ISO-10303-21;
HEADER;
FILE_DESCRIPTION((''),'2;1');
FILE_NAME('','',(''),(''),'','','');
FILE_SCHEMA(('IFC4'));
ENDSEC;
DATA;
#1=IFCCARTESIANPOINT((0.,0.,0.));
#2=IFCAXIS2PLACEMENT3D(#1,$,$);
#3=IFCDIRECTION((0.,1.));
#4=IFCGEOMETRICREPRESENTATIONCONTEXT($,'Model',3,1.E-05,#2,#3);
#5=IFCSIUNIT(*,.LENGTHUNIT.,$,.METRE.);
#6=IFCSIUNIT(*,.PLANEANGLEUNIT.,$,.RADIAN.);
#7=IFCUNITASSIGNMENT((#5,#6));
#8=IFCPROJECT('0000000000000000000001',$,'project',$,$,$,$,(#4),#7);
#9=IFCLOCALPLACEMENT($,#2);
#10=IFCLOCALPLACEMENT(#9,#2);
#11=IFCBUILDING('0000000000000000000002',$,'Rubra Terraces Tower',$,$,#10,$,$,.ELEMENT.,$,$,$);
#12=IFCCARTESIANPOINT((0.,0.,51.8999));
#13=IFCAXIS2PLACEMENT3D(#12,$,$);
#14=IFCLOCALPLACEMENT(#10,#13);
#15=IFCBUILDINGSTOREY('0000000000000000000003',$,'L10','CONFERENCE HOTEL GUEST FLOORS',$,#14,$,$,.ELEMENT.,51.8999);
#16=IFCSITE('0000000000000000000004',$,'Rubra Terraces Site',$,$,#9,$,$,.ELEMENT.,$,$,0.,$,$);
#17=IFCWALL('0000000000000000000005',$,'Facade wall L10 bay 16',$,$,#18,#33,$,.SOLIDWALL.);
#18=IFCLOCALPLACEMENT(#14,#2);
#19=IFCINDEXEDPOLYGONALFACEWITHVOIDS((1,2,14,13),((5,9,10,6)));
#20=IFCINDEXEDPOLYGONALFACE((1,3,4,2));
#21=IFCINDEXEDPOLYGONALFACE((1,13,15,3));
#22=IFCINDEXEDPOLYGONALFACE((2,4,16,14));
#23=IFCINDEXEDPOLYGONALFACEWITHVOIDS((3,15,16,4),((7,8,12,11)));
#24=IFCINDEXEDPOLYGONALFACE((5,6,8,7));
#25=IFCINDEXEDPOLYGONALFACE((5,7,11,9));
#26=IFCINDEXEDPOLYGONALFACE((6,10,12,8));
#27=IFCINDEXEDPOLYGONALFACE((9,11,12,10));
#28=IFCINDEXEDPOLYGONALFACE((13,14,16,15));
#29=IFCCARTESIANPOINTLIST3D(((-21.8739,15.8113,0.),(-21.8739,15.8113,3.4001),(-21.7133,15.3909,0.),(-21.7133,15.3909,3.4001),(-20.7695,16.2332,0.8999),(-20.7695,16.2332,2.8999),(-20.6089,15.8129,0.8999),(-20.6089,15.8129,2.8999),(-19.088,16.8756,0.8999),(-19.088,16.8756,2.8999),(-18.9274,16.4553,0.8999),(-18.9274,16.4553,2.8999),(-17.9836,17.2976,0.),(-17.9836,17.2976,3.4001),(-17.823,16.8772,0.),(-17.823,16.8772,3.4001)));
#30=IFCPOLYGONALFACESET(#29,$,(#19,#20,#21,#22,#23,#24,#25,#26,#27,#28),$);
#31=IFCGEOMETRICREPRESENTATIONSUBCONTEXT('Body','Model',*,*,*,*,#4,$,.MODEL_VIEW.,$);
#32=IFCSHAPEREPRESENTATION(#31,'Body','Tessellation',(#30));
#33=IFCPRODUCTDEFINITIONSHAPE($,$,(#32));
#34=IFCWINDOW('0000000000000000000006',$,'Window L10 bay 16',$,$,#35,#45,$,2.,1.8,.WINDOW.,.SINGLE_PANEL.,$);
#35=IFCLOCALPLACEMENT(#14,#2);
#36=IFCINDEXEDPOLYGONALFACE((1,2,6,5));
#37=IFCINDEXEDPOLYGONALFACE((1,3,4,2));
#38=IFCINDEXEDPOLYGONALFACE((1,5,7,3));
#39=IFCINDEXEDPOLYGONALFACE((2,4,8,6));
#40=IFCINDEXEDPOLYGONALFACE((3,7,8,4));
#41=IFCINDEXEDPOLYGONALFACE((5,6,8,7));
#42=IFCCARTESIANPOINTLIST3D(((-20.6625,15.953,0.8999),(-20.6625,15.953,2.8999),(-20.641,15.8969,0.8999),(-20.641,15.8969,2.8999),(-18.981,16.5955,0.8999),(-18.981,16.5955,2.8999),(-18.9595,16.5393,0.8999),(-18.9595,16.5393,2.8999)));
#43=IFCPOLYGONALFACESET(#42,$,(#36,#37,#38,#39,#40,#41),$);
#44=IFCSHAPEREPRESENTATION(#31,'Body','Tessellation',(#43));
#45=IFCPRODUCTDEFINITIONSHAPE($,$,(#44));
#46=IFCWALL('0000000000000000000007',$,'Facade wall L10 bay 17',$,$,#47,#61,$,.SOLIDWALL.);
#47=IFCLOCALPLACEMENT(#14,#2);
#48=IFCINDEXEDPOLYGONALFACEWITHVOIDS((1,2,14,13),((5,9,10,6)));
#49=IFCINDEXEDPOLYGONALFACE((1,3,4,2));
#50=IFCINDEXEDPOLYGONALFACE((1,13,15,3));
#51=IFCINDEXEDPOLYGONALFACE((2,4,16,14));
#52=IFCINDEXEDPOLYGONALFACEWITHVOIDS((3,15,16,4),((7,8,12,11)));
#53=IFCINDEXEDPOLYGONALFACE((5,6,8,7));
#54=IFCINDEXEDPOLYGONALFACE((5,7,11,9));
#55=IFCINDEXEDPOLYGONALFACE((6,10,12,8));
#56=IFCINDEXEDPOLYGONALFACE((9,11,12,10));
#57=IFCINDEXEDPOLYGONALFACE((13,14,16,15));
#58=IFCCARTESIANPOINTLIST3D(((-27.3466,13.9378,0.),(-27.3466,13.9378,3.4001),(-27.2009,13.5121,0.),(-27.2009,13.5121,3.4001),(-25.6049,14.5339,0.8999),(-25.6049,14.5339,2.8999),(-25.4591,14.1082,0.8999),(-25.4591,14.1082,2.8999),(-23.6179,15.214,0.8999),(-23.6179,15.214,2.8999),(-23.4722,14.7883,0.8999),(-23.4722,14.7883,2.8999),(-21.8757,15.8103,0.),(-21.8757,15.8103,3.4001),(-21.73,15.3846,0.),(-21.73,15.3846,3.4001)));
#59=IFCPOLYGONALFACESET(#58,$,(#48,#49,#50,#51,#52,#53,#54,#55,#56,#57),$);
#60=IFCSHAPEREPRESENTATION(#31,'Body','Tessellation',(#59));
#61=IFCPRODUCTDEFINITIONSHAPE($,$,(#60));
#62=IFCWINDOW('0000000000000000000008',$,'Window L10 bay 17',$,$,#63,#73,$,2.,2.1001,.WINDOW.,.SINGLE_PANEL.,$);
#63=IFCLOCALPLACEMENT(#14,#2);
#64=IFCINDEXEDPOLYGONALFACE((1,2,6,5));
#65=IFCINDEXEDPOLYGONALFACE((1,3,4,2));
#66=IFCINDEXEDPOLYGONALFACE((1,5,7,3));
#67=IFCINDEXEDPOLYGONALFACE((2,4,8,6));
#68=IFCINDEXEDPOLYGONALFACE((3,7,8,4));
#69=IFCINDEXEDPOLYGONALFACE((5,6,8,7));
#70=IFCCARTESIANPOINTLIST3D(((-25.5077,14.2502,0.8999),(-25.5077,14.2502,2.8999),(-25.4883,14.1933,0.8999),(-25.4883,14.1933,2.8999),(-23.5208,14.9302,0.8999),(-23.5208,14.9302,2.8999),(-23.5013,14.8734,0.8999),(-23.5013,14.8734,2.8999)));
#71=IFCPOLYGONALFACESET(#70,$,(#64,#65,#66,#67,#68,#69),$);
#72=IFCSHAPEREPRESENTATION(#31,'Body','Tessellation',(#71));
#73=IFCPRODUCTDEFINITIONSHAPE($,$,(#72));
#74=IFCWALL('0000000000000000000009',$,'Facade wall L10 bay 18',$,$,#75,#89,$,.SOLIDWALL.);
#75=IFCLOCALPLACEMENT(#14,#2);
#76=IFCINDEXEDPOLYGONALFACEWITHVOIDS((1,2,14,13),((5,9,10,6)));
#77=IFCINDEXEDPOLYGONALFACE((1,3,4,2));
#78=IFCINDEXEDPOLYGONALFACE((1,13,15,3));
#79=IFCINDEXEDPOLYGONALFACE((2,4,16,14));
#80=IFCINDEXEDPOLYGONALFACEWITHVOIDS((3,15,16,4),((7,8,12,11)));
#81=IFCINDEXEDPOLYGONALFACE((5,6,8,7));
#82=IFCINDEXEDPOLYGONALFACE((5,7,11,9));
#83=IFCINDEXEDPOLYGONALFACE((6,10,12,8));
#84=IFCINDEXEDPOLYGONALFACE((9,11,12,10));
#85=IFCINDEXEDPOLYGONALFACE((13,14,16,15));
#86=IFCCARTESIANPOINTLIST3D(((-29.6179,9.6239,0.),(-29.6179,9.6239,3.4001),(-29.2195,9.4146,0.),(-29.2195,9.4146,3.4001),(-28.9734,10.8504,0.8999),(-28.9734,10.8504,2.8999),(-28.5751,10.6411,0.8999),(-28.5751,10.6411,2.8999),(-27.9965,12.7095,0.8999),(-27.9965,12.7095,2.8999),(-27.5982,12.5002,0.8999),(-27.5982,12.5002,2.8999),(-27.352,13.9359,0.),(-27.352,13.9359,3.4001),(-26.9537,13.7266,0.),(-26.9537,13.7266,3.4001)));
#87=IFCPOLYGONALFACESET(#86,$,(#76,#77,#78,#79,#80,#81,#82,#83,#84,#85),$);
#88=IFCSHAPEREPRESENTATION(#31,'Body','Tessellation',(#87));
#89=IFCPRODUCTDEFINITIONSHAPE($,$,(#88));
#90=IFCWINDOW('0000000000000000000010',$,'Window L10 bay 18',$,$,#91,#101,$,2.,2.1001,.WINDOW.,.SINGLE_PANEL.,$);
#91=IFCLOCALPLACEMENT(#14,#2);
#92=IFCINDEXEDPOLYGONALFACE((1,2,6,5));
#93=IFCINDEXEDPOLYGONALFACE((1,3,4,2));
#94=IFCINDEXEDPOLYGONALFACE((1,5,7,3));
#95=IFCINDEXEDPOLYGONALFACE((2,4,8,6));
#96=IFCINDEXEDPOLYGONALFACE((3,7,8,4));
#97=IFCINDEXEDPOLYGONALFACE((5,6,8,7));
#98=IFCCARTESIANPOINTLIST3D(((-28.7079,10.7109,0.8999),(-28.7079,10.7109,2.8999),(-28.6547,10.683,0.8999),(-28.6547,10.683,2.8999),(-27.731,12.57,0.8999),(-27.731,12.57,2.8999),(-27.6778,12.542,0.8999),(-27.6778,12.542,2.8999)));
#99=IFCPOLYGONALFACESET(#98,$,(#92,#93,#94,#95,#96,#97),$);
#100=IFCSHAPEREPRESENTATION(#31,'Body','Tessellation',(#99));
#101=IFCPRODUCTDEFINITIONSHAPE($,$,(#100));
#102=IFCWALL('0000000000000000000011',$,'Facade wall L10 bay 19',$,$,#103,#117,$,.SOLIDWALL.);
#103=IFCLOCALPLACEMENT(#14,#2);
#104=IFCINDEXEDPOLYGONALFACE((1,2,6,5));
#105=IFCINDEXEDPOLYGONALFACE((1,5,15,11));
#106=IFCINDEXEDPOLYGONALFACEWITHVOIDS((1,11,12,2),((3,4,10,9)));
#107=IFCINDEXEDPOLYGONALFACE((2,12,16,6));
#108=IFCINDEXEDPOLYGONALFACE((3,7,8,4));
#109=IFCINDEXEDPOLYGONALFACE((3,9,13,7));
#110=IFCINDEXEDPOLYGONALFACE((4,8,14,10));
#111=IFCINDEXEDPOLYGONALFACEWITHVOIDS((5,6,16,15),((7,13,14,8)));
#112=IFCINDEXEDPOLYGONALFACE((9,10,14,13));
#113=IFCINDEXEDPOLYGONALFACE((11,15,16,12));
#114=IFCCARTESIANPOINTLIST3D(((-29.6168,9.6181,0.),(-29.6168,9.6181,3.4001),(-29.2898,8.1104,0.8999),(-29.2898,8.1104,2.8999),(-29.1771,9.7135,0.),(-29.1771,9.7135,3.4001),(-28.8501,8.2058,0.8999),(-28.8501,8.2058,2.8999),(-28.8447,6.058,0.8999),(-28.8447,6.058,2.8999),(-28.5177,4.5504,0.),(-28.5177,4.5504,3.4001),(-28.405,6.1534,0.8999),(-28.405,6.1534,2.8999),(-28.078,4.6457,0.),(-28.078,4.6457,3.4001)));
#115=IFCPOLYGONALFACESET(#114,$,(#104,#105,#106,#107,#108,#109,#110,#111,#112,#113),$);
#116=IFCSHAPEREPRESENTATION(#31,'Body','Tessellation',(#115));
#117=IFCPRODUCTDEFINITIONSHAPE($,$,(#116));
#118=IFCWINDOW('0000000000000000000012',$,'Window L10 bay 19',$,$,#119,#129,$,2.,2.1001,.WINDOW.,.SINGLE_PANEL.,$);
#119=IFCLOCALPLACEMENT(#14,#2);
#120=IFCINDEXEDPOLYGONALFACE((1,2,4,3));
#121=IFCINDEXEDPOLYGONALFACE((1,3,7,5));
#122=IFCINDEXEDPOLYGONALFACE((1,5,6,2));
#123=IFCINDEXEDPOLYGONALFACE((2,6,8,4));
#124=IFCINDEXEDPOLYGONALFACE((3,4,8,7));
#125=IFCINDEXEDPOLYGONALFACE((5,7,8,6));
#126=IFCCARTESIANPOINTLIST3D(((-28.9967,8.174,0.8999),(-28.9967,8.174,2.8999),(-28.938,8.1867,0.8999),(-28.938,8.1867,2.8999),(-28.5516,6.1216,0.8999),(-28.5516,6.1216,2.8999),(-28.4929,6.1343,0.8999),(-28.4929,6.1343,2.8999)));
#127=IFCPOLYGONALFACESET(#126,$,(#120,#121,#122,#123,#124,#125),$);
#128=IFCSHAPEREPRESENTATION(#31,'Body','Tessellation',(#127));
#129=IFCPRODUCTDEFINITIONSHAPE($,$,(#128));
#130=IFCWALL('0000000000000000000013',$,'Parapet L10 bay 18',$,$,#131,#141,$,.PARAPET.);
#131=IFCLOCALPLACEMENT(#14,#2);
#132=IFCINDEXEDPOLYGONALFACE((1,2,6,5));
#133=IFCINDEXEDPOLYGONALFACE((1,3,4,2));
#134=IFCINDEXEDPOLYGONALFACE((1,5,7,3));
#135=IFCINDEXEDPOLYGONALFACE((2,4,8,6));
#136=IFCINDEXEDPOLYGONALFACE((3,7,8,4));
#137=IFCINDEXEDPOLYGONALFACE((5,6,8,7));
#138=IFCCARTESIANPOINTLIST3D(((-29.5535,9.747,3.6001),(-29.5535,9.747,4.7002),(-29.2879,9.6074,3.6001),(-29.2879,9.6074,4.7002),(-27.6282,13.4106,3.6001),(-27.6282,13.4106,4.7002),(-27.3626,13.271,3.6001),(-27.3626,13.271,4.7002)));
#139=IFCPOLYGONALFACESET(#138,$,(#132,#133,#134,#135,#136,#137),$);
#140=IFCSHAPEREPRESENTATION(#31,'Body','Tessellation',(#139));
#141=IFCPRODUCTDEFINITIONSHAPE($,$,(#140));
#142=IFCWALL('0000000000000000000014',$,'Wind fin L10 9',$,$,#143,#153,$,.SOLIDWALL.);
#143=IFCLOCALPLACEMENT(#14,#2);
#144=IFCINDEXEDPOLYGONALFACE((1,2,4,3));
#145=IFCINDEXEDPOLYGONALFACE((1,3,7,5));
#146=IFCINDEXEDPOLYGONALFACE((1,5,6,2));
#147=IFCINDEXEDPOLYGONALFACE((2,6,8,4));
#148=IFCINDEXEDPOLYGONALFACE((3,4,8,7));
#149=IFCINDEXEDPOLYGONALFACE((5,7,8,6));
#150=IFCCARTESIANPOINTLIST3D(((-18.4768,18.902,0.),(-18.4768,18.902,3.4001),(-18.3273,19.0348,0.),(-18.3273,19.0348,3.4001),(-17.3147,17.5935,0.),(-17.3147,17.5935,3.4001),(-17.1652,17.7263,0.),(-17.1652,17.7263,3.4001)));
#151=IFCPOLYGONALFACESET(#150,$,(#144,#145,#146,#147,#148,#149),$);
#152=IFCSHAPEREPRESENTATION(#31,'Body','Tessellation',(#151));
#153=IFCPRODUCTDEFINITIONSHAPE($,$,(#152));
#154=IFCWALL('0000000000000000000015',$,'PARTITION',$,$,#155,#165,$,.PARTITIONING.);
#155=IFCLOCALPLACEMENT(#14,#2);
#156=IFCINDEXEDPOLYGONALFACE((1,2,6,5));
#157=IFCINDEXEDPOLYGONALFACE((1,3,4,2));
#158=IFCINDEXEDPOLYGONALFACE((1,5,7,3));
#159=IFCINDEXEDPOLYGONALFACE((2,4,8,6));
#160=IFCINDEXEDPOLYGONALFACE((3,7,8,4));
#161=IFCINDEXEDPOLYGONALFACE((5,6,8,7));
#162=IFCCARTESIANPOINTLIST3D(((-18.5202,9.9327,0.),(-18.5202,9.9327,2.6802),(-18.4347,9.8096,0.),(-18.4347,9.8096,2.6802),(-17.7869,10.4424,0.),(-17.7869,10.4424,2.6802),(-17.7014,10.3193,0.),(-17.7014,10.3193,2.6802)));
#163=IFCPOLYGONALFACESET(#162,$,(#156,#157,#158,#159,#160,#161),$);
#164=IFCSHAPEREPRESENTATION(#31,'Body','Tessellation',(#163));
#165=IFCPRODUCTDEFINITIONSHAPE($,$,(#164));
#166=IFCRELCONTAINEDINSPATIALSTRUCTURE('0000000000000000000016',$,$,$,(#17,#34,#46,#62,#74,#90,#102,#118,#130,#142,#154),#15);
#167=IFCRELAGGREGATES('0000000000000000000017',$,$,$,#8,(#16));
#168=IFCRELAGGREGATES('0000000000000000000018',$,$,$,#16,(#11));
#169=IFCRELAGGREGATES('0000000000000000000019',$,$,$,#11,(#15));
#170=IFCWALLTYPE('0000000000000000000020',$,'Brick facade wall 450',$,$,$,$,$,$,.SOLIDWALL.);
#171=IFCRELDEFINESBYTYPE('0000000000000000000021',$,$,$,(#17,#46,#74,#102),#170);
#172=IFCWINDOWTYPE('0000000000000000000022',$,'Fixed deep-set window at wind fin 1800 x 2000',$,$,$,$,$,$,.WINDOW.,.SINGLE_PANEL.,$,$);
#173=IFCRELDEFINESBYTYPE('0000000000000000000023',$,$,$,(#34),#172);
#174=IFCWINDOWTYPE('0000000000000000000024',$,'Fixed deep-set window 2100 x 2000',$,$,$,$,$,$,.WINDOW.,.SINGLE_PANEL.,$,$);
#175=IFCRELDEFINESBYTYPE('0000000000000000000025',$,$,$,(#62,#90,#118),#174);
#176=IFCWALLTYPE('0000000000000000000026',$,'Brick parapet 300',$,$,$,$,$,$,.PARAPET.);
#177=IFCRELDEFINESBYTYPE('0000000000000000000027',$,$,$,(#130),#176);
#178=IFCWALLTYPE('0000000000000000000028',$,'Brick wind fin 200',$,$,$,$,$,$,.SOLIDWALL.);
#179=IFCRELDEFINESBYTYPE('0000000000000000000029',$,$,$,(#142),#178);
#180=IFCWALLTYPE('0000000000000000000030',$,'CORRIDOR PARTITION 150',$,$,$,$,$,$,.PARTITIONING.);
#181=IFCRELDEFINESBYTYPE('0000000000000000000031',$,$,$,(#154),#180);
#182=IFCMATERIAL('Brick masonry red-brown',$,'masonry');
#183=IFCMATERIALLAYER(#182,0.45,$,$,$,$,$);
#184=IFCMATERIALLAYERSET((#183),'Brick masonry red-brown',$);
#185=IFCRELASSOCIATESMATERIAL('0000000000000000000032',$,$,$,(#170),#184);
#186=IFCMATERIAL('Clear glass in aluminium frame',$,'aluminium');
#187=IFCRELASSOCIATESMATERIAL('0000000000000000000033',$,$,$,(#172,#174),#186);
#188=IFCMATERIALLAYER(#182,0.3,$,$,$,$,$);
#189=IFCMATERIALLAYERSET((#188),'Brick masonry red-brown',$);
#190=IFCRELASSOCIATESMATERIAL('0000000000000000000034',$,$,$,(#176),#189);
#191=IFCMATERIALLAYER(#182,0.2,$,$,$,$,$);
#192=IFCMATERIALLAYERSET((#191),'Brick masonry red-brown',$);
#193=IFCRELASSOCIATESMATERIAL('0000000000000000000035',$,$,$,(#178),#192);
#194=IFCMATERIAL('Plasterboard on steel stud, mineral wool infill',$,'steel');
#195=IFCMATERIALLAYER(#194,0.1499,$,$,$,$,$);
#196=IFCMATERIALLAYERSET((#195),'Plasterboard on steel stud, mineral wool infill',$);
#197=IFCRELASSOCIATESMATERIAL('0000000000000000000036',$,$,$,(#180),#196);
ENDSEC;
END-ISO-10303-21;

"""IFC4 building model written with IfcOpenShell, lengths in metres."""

from ifc_helpers import new_model, si_unit, direction, frame, frame_2d, origin, place, context, subcontext, project, spatial, rectangle, extrude, material, layer, layer_set, type_object, element, fill, save


model = new_model("IFC4")

# Units and contexts
model_context = context("Model", 3, precision=1e-05, world=origin(), true_north=direction((0.0, 1.0)))
body_context = subcontext(model_context, "Body", "Model", "MODEL_VIEW")
ifc_project = project(units=[si_unit("LENGTHUNIT", "METRE"), si_unit("PLANEANGLEUNIT", "RADIAN")], contexts=[model_context])

# Site, building, storey
site_placement = place(None, origin())
site = spatial("IfcSite", under=ifc_project, at=site_placement, Name="Rubra Terraces Site", CompositionType="ELEMENT", RefElevation=0.0)
building_placement = place(site_placement, origin())
building = spatial("IfcBuilding", under=site, at=building_placement, Name="Rubra Terraces Tower", CompositionType="ELEMENT")
storey_placement = place(building_placement, frame((0.0, 0.0, 51.8999)))
storey = spatial("IfcBuildingStorey", under=building, at=storey_placement, Name="L10", Description="CONFERENCE HOTEL GUEST FLOORS", CompositionType="ELEMENT", Elevation=51.8999)

# Walls, openings, windows
ifc_material_1 = material(Name="Brick masonry red-brown", Category="masonry")
ifc_layer_1 = layer(ifc_material_1, 0.45)
ifc_layer_set_1 = layer_set([ifc_layer_1], Name="Brick masonry red-brown")
wall_type_1 = type_object("IfcWallType", Name="Brick facade wall 450", PredefinedType="SOLIDWALL", material=ifc_layer_set_1)
wall_1_placement = place(storey_placement, frame((-17.9033, 17.0874, 0.0), z_axis=(0.0, 0.0, 1.0), x_axis=(-0.934146, -0.356892, 0.0)))
wall_1 = element("IfcWall", 1, at=wall_1_placement, inside=storey, type_object=wall_type_1, Name="Facade wall L10 bay 16", PredefinedType="SOLIDWALL", context=body_context, shape_type="SweptSolid", body=[
    extrude(rectangle(XDim=4.1646, YDim=0.45, at=frame_2d((2.0823, 0.0))), origin(), (0.0, 0.0, 1.0), 3.4001),
])
opening_1_placement = place(wall_1_placement, frame((1.1824, 0.0, 0.8999)))
opening_1 = element("IfcOpeningElement", 2, at=opening_1_placement, cuts=wall_1, PredefinedType="OPENING", context=body_context, shape_type="SweptSolid", body=[
    extrude(rectangle(XDim=1.8, YDim=2.0, at=frame_2d((0.8999, 1.0))), frame((0.0, 0.2349, 0.0), z_axis=(0.0, -1.0, 0.0), x_axis=(1.0, 0.0, 0.0)), (0.0, 0.0, 1.0), 0.47),
])
ifc_material_2 = material(Name="Clear glass in aluminium frame", Category="aluminium")
window_type_1 = type_object("IfcWindowType", Name="Fixed deep-set window at wind fin 1800 x 2000", PartitioningType="SINGLE_PANEL", PredefinedType="WINDOW", material=ifc_material_2)
window_1_placement = place(opening_1_placement, origin())
window_1 = element("IfcWindow", 3, at=window_1_placement, inside=storey, type_object=window_type_1, Name="Window L10 bay 16", OverallHeight=2.0, OverallWidth=1.8, PartitioningType="SINGLE_PANEL", PredefinedType="WINDOW", context=body_context, shape_type="SweptSolid", body=[
    extrude(rectangle(XDim=1.8, YDim=2.0, at=frame_2d((0.8999, 1.0))), frame((0.0, 0.135, 0.0), z_axis=(0.0, -1.0, 0.0), x_axis=(1.0, 0.0, 0.0)), (0.0, 0.0, 1.0), 0.0601),
])
fill(opening_1, window_1)
wall_2_placement = place(storey_placement, frame((-21.803, 15.5974, 0.0), z_axis=(0.0, 0.0, 1.0), x_axis=(-0.946115, -0.32383, 0.0)))
wall_2 = element("IfcWall", 4, at=wall_2_placement, inside=storey, type_object=wall_type_1, Name="Facade wall L10 bay 17", PredefinedType="SOLIDWALL", context=body_context, shape_type="SweptSolid", body=[
    extrude(rectangle(XDim=5.7825, YDim=0.45, at=frame_2d((2.8911, 0.0))), origin(), (0.0, 0.0, 1.0), 3.4001),
])
opening_2_placement = place(wall_2_placement, frame((1.8413, 0.0, 0.8999)))
opening_2 = element("IfcOpeningElement", 5, at=opening_2_placement, cuts=wall_2, PredefinedType="OPENING", context=body_context, shape_type="SweptSolid", body=[
    extrude(rectangle(XDim=2.1001, YDim=2.0, at=frame_2d((1.05, 1.0))), frame((0.0, 0.2349, 0.0), z_axis=(0.0, -1.0, 0.0), x_axis=(1.0, 0.0, 0.0)), (0.0, 0.0, 1.0), 0.47),
])
window_type_2 = type_object("IfcWindowType", Name="Fixed deep-set window 2100 x 2000", PartitioningType="SINGLE_PANEL", PredefinedType="WINDOW", material=ifc_material_2)
window_2_placement = place(opening_2_placement, origin())
window_2 = element("IfcWindow", 6, at=window_2_placement, inside=storey, type_object=window_type_2, Name="Window L10 bay 17", OverallHeight=2.0, OverallWidth=2.1001, PartitioningType="SINGLE_PANEL", PredefinedType="WINDOW", context=body_context, shape_type="SweptSolid", body=[
    extrude(rectangle(XDim=2.1001, YDim=2.0, at=frame_2d((1.05, 1.0))), frame((0.0, 0.135, 0.0), z_axis=(0.0, -1.0, 0.0), x_axis=(1.0, 0.0, 0.0)), (0.0, 0.0, 1.0), 0.0601),
])
fill(opening_2, window_2)
wall_3_placement = place(storey_placement, frame((-27.1528, 13.8313, 0.0), z_axis=(0.0, 0.0, 1.0), x_axis=(-0.465166, -0.885224, 0.0)))
wall_3 = element("IfcWall", 7, at=wall_3_placement, inside=storey, type_object=wall_type_1, Name="Facade wall L10 bay 18", PredefinedType="SOLIDWALL", context=body_context, shape_type="SweptSolid", body=[
    extrude(rectangle(XDim=4.8711, YDim=0.45, at=frame_2d((2.4355, 0.0))), origin(), (0.0, 0.0, 1.0), 3.4001),
])
opening_3_placement = place(wall_3_placement, frame((1.3855, 0.0, 0.8999)))
opening_3 = element("IfcOpeningElement", 8, at=opening_3_placement, cuts=wall_3, PredefinedType="OPENING", context=body_context, shape_type="SweptSolid", body=[
    extrude(rectangle(XDim=2.1001, YDim=2.0, at=frame_2d((1.05, 1.0))), frame((0.0, 0.2349, 0.0), z_axis=(0.0, -1.0, 0.0), x_axis=(1.0, 0.0, 0.0)), (0.0, 0.0, 1.0), 0.47),
])
window_3_placement = place(opening_3_placement, origin())
window_3 = element("IfcWindow", 9, at=window_3_placement, inside=storey, type_object=window_type_2, Name="Window L10 bay 18", OverallHeight=2.0, OverallWidth=2.1001, PartitioningType="SINGLE_PANEL", PredefinedType="WINDOW", context=body_context, shape_type="SweptSolid", body=[
    extrude(rectangle(XDim=2.1001, YDim=2.0, at=frame_2d((1.05, 1.0))), frame((0.0, 0.135, 0.0), z_axis=(0.0, -1.0, 0.0), x_axis=(1.0, 0.0, 0.0)), (0.0, 0.0, 1.0), 0.0601),
])
fill(opening_3, window_3)
wall_4_placement = place(storey_placement, frame((-29.397, 9.6658, 0.0), z_axis=(0.0, 0.0, 1.0), x_axis=(0.211962, -0.977278, 0.0)))
wall_4 = element("IfcWall", 10, at=wall_4_placement, inside=storey, type_object=wall_type_1, Name="Facade wall L10 bay 19", PredefinedType="SOLIDWALL", context=body_context, shape_type="SweptSolid", body=[
    extrude(rectangle(XDim=5.1855, YDim=0.45, at=frame_2d((2.5928, 0.0))), origin(), (0.0, 0.0, 1.0), 3.4001),
])
opening_4_placement = place(wall_4_placement, frame((1.5427, 0.0, 0.8999)))
opening_4 = element("IfcOpeningElement", 11, at=opening_4_placement, cuts=wall_4, PredefinedType="OPENING", context=body_context, shape_type="SweptSolid", body=[
    extrude(rectangle(XDim=2.1001, YDim=2.0, at=frame_2d((1.05, 1.0))), frame((0.0, 0.2349, 0.0), z_axis=(0.0, -1.0, 0.0), x_axis=(1.0, 0.0, 0.0)), (0.0, 0.0, 1.0), 0.47),
])
window_4_placement = place(opening_4_placement, origin())
window_4 = element("IfcWindow", 12, at=window_4_placement, inside=storey, type_object=window_type_2, Name="Window L10 bay 19", OverallHeight=2.0, OverallWidth=2.1001, PartitioningType="SINGLE_PANEL", PredefinedType="WINDOW", context=body_context, shape_type="SweptSolid", body=[
    extrude(rectangle(XDim=2.1001, YDim=2.0, at=frame_2d((1.05, 1.0))), frame((0.0, 0.135, 0.0), z_axis=(0.0, -1.0, 0.0), x_axis=(1.0, 0.0, 0.0)), (0.0, 0.0, 1.0), 0.0601),
])
fill(opening_4, window_4)

# Walls
ifc_layer_2 = layer(ifc_material_1, 0.3)
ifc_layer_set_2 = layer_set([ifc_layer_2], Name="Brick masonry red-brown")
wall_type_2 = type_object("IfcWallType", Name="Brick parapet 300", PredefinedType="PARAPET", material=ifc_layer_set_2)
wall_5_placement = place(storey_placement, frame((-27.4954, 13.3408, 3.6001), z_axis=(0.0, 0.0, 1.0), x_axis=(-0.465197, -0.885207, 0.0)))
element("IfcWall", 13, at=wall_5_placement, inside=storey, type_object=wall_type_2, Name="Parapet L10 bay 18", PredefinedType="PARAPET", context=body_context, shape_type="SweptSolid", body=[
    extrude(rectangle(XDim=4.1387, YDim=0.3, at=frame_2d((2.0693, 0.0))), origin(), (0.0, 0.0, 1.0), 1.1001),
])
ifc_layer_3 = layer(ifc_material_1, 0.2)
ifc_layer_set_3 = layer_set([ifc_layer_3], Name="Brick masonry red-brown")
wall_type_3 = type_object("IfcWallType", Name="Brick wind fin 200", PredefinedType="SOLIDWALL", material=ifc_layer_set_3)
wall_6_placement = place(storey_placement, frame((-17.24, 17.6599, 0.0), z_axis=(0.0, 0.0, 1.0), x_axis=(-0.664017, 0.747717, 0.0)))
element("IfcWall", 14, at=wall_6_placement, inside=storey, type_object=wall_type_3, Name="Wind fin L10 9", PredefinedType="SOLIDWALL", context=body_context, shape_type="SweptSolid", body=[
    extrude(rectangle(XDim=1.75, YDim=0.2, at=frame_2d((0.875, 0.0))), origin(), (0.0, 0.0, 1.0), 3.4001),
])
ifc_material_3 = material(Name="Plasterboard on steel stud, mineral wool infill", Category="steel")
ifc_layer_4 = layer(ifc_material_3, 0.1499)
ifc_layer_set_4 = layer_set([ifc_layer_4], Name="Plasterboard on steel stud, mineral wool infill")
wall_type_4 = type_object("IfcWallType", Name="CORRIDOR PARTITION 150", PredefinedType="PARTITIONING", material=ifc_layer_set_4)
wall_7_placement = place(storey_placement, frame((-17.7441, 10.3809, 0.0), z_axis=(0.0, 0.0, 1.0), x_axis=(-0.821128, -0.570744, 0.0)))
element("IfcWall", 15, at=wall_7_placement, inside=storey, type_object=wall_type_4, Name="PARTITION", PredefinedType="PARTITIONING", context=body_context, shape_type="SweptSolid", body=[
    extrude(rectangle(XDim=0.8931, YDim=0.1499, at=frame_2d((0.4465, 0.0))), origin(), (0.0, 0.0, 1.0), 2.6802),
])

save(model, "model.ifc")
